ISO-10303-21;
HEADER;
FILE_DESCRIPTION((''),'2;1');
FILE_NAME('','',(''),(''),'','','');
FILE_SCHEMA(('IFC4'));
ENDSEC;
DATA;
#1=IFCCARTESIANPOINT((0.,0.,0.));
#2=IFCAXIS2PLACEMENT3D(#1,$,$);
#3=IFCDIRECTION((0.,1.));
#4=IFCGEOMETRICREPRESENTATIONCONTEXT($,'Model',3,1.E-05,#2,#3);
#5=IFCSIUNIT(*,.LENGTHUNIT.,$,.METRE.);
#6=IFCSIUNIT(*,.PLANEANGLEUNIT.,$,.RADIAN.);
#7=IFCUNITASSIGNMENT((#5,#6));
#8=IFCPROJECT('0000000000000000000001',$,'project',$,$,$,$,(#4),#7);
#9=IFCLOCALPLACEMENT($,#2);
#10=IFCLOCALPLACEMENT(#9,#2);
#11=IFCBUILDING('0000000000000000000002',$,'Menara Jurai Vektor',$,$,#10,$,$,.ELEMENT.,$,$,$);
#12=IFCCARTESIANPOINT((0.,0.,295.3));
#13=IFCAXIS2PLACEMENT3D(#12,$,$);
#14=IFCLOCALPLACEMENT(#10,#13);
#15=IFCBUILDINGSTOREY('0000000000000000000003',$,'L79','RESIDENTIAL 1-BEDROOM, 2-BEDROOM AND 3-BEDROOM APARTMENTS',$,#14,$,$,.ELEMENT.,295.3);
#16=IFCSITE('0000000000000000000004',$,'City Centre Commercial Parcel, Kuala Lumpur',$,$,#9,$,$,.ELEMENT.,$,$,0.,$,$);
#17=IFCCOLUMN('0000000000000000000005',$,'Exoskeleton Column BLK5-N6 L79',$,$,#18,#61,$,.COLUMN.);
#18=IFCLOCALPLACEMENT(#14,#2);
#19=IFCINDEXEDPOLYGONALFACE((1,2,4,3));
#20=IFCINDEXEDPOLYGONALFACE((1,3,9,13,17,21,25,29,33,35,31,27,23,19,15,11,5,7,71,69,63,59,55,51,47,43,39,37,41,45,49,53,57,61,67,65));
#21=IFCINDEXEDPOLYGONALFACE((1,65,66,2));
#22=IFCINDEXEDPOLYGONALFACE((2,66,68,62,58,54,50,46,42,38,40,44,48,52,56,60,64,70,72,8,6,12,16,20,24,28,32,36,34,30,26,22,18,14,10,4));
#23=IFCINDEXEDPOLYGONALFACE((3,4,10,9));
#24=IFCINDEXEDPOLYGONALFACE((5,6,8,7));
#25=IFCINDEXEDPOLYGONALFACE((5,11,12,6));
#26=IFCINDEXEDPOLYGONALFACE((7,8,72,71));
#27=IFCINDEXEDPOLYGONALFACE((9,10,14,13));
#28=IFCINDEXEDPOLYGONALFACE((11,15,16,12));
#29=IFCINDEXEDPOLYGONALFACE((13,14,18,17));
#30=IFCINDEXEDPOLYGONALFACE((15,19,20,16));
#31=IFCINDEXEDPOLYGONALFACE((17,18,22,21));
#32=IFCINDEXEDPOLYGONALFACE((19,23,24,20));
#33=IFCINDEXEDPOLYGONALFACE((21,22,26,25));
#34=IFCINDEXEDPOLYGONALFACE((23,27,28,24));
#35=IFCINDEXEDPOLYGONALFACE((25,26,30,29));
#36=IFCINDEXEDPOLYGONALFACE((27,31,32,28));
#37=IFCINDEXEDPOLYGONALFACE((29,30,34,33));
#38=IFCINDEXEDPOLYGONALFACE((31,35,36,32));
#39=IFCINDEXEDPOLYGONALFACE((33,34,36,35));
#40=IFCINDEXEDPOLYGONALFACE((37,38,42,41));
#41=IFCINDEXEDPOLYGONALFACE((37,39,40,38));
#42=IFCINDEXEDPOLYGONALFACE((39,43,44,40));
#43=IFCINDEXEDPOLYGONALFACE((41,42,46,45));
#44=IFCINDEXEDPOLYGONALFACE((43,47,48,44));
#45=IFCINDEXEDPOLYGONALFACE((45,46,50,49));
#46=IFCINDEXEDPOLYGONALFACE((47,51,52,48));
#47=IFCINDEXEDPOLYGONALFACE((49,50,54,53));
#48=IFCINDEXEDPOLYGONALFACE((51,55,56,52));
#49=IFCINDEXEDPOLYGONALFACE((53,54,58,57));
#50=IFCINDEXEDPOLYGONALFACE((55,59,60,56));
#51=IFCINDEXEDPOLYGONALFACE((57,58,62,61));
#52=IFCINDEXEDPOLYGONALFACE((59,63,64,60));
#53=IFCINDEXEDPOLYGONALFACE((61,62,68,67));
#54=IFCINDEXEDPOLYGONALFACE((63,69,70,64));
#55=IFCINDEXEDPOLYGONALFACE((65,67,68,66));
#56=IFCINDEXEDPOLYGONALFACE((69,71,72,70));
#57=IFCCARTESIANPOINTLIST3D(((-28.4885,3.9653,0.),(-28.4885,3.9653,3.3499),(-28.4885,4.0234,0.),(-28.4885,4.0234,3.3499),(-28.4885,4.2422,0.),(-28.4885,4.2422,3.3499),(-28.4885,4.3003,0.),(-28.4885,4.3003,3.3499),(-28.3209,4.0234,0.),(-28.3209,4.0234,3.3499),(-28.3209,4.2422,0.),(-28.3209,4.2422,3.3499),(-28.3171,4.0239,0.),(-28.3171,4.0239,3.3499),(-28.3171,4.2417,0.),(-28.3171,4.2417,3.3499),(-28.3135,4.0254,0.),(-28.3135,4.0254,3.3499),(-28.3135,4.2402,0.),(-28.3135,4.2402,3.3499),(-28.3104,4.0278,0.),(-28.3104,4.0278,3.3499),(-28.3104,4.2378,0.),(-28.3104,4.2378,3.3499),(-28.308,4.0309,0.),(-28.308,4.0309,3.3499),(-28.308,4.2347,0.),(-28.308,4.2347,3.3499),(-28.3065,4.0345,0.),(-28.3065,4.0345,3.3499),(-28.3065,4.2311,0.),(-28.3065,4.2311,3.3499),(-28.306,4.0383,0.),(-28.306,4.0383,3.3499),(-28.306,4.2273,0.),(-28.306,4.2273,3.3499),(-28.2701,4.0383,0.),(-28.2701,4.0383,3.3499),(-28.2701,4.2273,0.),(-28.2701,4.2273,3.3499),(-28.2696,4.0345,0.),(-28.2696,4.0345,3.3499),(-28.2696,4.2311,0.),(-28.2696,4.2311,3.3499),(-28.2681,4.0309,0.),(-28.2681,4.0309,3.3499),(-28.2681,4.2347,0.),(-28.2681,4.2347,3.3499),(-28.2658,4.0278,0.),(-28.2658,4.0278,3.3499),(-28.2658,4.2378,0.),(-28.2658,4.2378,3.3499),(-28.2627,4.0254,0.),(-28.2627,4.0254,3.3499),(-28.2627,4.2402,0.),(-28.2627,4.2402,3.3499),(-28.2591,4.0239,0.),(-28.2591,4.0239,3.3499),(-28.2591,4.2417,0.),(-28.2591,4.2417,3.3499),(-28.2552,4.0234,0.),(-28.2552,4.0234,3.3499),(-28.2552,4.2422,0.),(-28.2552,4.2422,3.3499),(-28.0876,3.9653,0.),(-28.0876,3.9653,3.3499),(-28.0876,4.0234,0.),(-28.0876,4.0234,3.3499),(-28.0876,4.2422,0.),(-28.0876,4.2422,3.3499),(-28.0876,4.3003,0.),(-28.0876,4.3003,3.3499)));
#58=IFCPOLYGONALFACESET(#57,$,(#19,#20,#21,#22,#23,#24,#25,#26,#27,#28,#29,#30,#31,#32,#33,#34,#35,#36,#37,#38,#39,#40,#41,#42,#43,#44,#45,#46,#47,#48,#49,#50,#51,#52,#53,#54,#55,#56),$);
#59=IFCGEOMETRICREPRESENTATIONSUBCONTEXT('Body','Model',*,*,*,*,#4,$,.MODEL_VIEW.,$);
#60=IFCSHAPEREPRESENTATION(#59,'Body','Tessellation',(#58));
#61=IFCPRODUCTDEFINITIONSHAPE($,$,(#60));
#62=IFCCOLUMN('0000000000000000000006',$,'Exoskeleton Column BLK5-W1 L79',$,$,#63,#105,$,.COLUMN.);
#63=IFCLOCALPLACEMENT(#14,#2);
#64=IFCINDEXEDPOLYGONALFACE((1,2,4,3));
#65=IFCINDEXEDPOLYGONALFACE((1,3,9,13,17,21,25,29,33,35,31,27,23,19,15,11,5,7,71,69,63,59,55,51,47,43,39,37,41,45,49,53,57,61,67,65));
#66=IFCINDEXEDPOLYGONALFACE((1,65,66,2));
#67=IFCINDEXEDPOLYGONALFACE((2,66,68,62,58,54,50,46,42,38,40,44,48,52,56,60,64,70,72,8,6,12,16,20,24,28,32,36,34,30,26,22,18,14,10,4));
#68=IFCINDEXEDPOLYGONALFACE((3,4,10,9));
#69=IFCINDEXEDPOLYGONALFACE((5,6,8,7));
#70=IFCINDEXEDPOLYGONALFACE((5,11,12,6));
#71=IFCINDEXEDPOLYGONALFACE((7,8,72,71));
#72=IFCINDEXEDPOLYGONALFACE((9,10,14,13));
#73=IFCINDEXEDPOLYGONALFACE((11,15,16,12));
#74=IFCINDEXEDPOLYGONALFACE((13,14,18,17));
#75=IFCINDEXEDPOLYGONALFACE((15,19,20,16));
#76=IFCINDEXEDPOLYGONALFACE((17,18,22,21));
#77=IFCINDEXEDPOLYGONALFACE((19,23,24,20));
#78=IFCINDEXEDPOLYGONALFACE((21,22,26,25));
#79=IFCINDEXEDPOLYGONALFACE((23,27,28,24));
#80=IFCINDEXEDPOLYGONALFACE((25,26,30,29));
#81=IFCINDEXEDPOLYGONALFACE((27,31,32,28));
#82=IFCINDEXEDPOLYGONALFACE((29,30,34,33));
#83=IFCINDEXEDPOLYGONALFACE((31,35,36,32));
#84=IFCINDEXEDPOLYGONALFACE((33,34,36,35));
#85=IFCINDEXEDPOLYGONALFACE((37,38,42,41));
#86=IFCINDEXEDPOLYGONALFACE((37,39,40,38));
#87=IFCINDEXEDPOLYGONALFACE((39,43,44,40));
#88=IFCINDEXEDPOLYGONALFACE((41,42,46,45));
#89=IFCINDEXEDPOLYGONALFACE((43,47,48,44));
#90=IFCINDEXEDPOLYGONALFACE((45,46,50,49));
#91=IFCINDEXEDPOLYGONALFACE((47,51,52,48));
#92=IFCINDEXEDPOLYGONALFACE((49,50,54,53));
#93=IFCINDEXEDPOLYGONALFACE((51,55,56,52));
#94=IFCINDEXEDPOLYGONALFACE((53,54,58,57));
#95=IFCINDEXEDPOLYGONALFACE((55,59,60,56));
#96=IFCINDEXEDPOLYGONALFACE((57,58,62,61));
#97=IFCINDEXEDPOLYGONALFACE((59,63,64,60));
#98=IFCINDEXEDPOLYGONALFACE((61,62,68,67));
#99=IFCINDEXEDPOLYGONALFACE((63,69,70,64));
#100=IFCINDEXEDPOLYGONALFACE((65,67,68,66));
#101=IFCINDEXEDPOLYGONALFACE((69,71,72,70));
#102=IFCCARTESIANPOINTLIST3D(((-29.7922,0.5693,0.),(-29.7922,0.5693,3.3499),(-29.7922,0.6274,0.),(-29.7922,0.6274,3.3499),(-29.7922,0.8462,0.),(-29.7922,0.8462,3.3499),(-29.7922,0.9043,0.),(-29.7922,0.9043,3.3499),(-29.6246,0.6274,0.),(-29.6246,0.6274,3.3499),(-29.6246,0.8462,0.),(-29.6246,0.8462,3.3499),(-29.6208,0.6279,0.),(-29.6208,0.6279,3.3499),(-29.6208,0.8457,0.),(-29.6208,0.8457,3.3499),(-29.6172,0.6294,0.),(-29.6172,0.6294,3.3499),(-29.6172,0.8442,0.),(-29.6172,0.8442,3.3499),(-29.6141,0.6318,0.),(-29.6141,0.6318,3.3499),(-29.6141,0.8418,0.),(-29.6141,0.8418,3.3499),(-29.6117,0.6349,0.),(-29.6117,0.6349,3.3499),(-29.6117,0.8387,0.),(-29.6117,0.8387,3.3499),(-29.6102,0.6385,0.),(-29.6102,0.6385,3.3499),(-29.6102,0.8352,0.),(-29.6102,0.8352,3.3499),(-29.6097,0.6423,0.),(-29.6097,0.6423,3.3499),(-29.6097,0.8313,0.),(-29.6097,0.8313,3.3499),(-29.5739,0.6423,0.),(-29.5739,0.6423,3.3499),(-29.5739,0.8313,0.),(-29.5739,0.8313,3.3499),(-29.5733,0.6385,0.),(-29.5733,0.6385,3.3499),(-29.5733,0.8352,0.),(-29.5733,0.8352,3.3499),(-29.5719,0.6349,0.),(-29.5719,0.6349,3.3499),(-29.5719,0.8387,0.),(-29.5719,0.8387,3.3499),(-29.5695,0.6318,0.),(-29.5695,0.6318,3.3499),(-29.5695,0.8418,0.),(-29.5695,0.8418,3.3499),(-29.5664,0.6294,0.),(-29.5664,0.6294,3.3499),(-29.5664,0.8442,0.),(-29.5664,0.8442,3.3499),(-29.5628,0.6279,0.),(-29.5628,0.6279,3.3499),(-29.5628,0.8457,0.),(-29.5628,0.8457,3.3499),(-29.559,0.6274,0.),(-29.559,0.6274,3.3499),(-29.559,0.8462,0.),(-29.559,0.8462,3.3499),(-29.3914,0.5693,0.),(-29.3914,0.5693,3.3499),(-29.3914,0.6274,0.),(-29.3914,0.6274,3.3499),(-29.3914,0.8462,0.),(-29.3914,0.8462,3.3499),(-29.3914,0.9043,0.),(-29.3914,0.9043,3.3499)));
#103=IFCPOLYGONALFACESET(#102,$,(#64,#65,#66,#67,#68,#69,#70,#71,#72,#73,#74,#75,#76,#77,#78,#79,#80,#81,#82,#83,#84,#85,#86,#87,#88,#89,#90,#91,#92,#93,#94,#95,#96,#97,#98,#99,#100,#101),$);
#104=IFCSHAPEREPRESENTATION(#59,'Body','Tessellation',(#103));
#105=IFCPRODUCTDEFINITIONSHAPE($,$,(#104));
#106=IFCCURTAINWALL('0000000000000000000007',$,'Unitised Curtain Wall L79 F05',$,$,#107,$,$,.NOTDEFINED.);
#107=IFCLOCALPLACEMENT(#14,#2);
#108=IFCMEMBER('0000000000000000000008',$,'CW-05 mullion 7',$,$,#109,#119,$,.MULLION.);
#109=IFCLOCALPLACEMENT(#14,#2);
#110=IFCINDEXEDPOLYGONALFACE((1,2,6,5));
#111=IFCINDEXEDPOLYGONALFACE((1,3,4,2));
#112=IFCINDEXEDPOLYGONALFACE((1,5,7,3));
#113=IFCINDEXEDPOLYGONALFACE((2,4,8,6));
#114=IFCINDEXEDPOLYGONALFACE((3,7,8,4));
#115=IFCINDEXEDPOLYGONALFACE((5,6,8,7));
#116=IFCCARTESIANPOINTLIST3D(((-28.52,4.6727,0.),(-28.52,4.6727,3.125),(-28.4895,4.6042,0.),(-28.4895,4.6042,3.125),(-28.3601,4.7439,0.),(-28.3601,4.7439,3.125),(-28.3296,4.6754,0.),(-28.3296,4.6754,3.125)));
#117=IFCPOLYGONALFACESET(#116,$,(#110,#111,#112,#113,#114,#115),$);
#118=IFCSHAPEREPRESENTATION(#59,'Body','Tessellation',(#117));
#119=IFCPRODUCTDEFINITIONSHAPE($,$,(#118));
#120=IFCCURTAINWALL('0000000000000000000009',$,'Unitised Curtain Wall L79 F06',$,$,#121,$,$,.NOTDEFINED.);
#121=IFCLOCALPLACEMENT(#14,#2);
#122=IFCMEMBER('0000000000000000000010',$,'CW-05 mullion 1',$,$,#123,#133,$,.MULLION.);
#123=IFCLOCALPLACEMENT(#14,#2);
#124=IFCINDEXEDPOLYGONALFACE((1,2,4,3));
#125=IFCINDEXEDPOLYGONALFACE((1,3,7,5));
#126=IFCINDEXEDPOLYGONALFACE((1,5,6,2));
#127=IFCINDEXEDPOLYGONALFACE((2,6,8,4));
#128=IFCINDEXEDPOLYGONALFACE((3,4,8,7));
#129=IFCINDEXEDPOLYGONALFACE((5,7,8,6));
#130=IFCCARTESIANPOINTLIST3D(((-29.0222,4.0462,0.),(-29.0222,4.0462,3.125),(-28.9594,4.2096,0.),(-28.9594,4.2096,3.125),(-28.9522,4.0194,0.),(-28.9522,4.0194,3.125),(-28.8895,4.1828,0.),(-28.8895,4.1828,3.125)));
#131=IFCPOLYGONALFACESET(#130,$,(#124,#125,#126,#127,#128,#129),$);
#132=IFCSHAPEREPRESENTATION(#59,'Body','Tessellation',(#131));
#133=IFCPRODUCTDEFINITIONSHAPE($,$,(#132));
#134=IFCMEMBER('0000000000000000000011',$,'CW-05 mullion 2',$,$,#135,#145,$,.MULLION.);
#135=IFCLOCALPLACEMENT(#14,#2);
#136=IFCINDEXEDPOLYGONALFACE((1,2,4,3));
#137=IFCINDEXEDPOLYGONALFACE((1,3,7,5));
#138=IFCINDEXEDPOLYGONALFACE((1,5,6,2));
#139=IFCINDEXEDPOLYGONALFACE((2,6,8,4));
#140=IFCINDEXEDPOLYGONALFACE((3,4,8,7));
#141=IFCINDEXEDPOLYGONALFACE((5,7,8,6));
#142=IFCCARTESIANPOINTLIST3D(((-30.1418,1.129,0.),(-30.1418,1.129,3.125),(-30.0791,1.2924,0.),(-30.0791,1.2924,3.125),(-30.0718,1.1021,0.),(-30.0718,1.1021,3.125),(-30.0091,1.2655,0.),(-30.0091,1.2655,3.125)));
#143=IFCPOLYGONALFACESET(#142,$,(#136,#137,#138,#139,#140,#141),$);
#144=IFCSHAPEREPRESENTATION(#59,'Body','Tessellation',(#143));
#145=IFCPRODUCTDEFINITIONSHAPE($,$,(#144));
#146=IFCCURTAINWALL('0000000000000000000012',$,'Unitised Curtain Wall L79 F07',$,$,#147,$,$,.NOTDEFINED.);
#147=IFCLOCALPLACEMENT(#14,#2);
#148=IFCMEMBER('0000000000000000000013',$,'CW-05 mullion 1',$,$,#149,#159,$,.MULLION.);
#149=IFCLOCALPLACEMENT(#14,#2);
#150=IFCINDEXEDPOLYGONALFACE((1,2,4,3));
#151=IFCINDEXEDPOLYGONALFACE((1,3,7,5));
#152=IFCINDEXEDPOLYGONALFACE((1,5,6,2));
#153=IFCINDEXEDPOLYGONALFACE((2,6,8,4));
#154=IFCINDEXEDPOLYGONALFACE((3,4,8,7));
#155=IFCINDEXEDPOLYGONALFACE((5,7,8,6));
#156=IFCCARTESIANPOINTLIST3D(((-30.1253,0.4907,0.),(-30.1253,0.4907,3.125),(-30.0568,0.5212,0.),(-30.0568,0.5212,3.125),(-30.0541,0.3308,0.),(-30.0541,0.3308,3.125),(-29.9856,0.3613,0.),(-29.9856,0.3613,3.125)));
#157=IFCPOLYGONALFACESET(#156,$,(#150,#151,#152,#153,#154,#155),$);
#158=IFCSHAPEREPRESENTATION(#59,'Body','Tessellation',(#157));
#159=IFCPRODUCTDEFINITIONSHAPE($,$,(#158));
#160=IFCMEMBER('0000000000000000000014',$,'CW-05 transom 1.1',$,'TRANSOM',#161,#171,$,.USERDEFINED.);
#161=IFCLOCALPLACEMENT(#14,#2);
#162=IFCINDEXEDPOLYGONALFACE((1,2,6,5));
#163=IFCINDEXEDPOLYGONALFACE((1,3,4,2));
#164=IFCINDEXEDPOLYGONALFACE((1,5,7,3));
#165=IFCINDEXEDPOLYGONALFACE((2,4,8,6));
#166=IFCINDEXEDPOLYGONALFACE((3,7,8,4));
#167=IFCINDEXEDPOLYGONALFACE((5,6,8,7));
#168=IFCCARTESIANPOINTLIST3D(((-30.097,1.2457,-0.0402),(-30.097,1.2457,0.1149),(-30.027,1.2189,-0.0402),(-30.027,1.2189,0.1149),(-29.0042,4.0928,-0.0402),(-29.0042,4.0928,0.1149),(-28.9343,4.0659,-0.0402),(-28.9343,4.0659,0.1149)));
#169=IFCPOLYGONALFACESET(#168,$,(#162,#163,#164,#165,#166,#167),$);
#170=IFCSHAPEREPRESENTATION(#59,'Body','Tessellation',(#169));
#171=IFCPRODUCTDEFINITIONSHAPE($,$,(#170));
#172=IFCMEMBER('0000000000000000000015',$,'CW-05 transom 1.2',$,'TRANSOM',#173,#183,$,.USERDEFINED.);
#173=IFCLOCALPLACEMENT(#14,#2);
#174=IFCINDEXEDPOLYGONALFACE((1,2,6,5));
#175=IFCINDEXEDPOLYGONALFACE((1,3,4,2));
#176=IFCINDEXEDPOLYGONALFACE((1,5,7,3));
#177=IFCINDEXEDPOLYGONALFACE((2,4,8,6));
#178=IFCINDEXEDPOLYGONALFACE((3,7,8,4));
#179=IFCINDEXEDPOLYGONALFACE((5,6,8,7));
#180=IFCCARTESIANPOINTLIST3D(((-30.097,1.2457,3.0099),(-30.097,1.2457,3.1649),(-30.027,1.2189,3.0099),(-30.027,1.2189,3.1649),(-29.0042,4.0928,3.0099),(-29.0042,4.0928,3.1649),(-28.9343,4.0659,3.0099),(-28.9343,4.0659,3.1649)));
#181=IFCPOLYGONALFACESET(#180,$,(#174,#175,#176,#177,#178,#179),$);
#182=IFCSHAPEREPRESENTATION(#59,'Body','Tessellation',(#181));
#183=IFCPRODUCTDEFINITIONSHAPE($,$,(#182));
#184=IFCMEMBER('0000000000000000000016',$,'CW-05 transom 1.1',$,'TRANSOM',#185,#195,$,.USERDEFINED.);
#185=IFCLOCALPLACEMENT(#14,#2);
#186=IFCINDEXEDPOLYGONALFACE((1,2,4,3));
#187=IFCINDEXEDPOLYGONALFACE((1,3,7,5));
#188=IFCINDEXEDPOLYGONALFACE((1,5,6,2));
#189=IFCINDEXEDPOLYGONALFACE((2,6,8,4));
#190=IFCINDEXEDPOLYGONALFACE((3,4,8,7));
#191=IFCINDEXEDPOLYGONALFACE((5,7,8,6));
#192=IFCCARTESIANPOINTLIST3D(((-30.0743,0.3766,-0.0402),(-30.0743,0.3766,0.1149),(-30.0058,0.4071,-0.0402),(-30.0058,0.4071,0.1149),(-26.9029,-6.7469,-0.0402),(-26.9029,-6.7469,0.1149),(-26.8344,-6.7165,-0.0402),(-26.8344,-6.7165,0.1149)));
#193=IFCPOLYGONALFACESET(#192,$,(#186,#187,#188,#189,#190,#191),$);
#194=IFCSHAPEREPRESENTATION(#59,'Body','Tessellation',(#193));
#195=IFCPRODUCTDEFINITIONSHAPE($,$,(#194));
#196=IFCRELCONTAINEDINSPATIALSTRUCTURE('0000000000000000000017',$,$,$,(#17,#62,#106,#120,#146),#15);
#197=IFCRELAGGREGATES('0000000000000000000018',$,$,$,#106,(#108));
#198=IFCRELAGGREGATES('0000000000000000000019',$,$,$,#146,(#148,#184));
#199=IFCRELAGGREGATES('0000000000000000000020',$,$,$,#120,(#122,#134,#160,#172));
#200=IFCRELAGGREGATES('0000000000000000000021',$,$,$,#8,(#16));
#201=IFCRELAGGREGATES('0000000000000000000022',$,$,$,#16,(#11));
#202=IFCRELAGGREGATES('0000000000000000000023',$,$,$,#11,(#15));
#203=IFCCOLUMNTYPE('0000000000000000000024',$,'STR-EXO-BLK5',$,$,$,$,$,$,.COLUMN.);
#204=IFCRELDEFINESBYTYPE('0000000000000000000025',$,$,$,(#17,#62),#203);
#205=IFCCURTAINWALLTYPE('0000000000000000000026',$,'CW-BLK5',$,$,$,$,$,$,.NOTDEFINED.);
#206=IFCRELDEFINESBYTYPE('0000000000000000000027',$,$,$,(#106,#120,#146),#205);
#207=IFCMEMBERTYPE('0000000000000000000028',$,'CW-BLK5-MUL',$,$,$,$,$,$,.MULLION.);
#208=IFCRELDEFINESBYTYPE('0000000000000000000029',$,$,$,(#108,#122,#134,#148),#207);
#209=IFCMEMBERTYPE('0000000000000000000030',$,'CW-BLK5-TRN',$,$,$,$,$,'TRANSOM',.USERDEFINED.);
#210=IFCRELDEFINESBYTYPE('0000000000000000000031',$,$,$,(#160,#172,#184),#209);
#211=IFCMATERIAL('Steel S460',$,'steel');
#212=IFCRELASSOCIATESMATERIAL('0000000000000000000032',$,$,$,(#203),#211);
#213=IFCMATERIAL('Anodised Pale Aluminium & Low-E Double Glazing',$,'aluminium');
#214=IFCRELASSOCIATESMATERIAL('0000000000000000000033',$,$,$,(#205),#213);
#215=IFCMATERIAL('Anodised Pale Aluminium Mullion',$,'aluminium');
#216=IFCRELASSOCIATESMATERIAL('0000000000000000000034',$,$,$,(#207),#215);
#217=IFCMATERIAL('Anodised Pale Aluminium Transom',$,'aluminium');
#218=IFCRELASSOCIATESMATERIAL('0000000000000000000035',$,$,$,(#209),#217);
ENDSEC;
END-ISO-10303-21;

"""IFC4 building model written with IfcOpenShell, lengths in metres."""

from ifc_helpers import new_model, si_unit, direction, frame, origin, origin_2d, place, context, subcontext, project, spatial, rectangle, i_section, extrude, material, material_profile, profile_set, type_object, element, aggregate, save


model = new_model("IFC4")

# Units and contexts
model_context = context("Model", 3, precision=1e-05, world=origin(), true_north=direction((0.0, 1.0)))
body_context = subcontext(model_context, "Body", "Model", "MODEL_VIEW")
ifc_project = project(units=[si_unit("LENGTHUNIT", "METRE"), si_unit("PLANEANGLEUNIT", "RADIAN")], contexts=[model_context])

# Site, building, storey
site_placement = place(None, origin())
site = spatial("IfcSite", under=ifc_project, at=site_placement, Name="City Centre Commercial Parcel, Kuala Lumpur", CompositionType="ELEMENT", RefElevation=0.0)
building_placement = place(site_placement, origin())
building = spatial("IfcBuilding", under=site, at=building_placement, Name="Menara Jurai Vektor", CompositionType="ELEMENT")
storey_placement = place(building_placement, frame((0.0, 0.0, 295.3)))
storey = spatial("IfcBuildingStorey", under=building, at=storey_placement, Name="L79", Description="RESIDENTIAL 1-BEDROOM, 2-BEDROOM AND 3-BEDROOM APARTMENTS", CompositionType="ELEMENT", Elevation=295.3)

# Columns
ifc_material_1 = material(Name="Steel S460", Category="steel")
ifc_material_profile_1 = material_profile(ifc_material_1, i_section(OverallWidth=0.4009, OverallDepth=0.335, WebThickness=0.0359, FlangeThickness=0.0581, FilletRadius=0.0149, at=origin_2d()), Name="HD 400x463")
ifc_profile_set_1 = profile_set([ifc_material_profile_1], Name="Steel S460")
column_type = type_object("IfcColumnType", Name="STR-EXO-BLK5", PredefinedType="COLUMN", material=ifc_profile_set_1)
for number, where, z_axis, x_axis, name in (
    (1, (-28.2881, 4.1328, 0.0), (0.0, 0.0, 1.0), (1.0, 0.0, 0.0), "Exoskeleton Column BLK5-N6 L79"),
    (2, (-29.5918, 0.7368, 0.0), (0.0, 0.0, 1.0), (1.0, 0.0, 0.0), "Exoskeleton Column BLK5-W1 L79"),
):
    element("IfcColumn", number, at=place(storey_placement, frame(where, z_axis=z_axis, x_axis=x_axis)), inside=storey, type_object=column_type, Name=name, PredefinedType="COLUMN", context=body_context, shape_type="SweptSolid", body=[
        extrude(i_section(OverallWidth=0.4009, OverallDepth=0.335, WebThickness=0.0359, FlangeThickness=0.0581, FilletRadius=0.0149, at=origin_2d()), origin(), (0.0, 0.0, 1.0), 3.3499),
    ])

# Curtain wall, member
ifc_material_2 = material(Name="Anodised Pale Aluminium & Low-E Double Glazing", Category="aluminium")
curtain_wall_type = type_object("IfcCurtainWallType", Name="CW-BLK5", PredefinedType="NOTDEFINED", material=ifc_material_2)
curtain_wall_1_placement = place(storey_placement, origin())
curtain_wall_1 = element("IfcCurtainWall", 3, at=curtain_wall_1_placement, inside=storey, type_object=curtain_wall_type, Name="Unitised Curtain Wall L79 F05", PredefinedType="NOTDEFINED")
ifc_material_3 = material(Name="Anodised Pale Aluminium Mullion", Category="aluminium")
ifc_material_profile_2 = material_profile(ifc_material_3, rectangle(XDim=0.075, YDim=0.175, at=origin_2d()), Name="ALU MUL 75x175")
ifc_profile_set_2 = profile_set([ifc_material_profile_2], Name="Anodised Pale Aluminium Mullion")
member_type_1 = type_object("IfcMemberType", Name="CW-BLK5-MUL", PredefinedType="MULLION", material=ifc_profile_set_2)
member_1_placement = place(storey_placement, frame((-28.4248, 4.6741, 0.0), z_axis=(0.0, 0.0, 1.0), x_axis=(0.406735, -0.913546, 0.0)))
member_1 = element("IfcMember", 4, at=member_1_placement, type_object=member_type_1, Name="CW-05 mullion 7", PredefinedType="MULLION", context=body_context, shape_type="SweptSolid", body=[
    extrude(rectangle(XDim=0.075, YDim=0.175, at=origin_2d()), origin(), (0.0, 0.0, 1.0), 3.125),
])

# Curtain wall, members
curtain_wall_2_placement = place(storey_placement, origin())
curtain_wall_2 = element("IfcCurtainWall", 5, at=curtain_wall_2_placement, inside=storey, type_object=curtain_wall_type, Name="Unitised Curtain Wall L79 F06", PredefinedType="NOTDEFINED")
member_2_placement = place(storey_placement, frame((-28.9558, 4.1145, 0.0), z_axis=(0.0, 0.0, 1.0), x_axis=(0.933578, -0.358374, 0.0)))
member_2 = element("IfcMember", 6, at=member_2_placement, type_object=member_type_1, Name="CW-05 mullion 1", PredefinedType="MULLION", context=body_context, shape_type="SweptSolid", body=[
    extrude(rectangle(XDim=0.075, YDim=0.175, at=origin_2d()), origin(), (0.0, 0.0, 1.0), 3.125),
])
member_3_placement = place(storey_placement, frame((-30.0754, 1.1973, 0.0), z_axis=(0.0, 0.0, 1.0), x_axis=(0.933578, -0.358374, 0.0)))
member_3 = element("IfcMember", 7, at=member_3_placement, type_object=member_type_1, Name="CW-05 mullion 2", PredefinedType="MULLION", context=body_context, shape_type="SweptSolid", body=[
    extrude(rectangle(XDim=0.075, YDim=0.175, at=origin_2d()), origin(), (0.0, 0.0, 1.0), 3.125),
])

# Curtain wall, member
curtain_wall_3_placement = place(storey_placement, origin())
curtain_wall_3 = element("IfcCurtainWall", 8, at=curtain_wall_3_placement, inside=storey, type_object=curtain_wall_type, Name="Unitised Curtain Wall L79 F07", PredefinedType="NOTDEFINED")
member_4_placement = place(storey_placement, frame((-30.0554, 0.426, 0.0), z_axis=(0.0, 0.0, 1.0), x_axis=(0.913546, 0.406735, 0.0)))
member_4 = element("IfcMember", 9, at=member_4_placement, type_object=member_type_1, Name="CW-05 mullion 1", PredefinedType="MULLION", context=body_context, shape_type="SweptSolid", body=[
    extrude(rectangle(XDim=0.075, YDim=0.175, at=origin_2d()), origin(), (0.0, 0.0, 1.0), 3.125),
])

# Members
ifc_material_4 = material(Name="Anodised Pale Aluminium Transom", Category="aluminium")
ifc_material_profile_3 = material_profile(ifc_material_4, rectangle(XDim=0.075, YDim=0.155, at=origin_2d()), Name="ALU TRN 75x155")
ifc_profile_set_3 = profile_set([ifc_material_profile_3], Name="Anodised Pale Aluminium Transom")
member_type_2 = type_object("IfcMemberType", Name="CW-BLK5-TRN", ElementType="TRANSOM", PredefinedType="USERDEFINED", material=ifc_profile_set_3)
member_5_placement = place(storey_placement, frame((-28.9692, 4.0793, 0.0374), z_axis=(-0.358325, -0.933597, 0.0), x_axis=(0.933597, -0.358325, 0.0)))
member_5 = element("IfcMember", 10, at=member_5_placement, type_object=member_type_2, Name="CW-05 transom 1.1", ObjectType="TRANSOM", PredefinedType="USERDEFINED", context=body_context, shape_type="SweptSolid", body=[
    extrude(rectangle(XDim=0.075, YDim=0.155, at=origin_2d()), origin(), (0.0, 0.0, 1.0), 3.0496),
])
member_6_placement = place(storey_placement, frame((-28.9692, 4.0793, 3.0874), z_axis=(-0.358325, -0.933597, 0.0), x_axis=(0.933597, -0.358325, 0.0)))
member_6 = element("IfcMember", 11, at=member_6_placement, type_object=member_type_2, Name="CW-05 transom 1.2", ObjectType="TRANSOM", PredefinedType="USERDEFINED", context=body_context, shape_type="SweptSolid", body=[
    extrude(rectangle(XDim=0.075, YDim=0.155, at=origin_2d()), origin(), (0.0, 0.0, 1.0), 3.0496),
])
member_7_placement = place(storey_placement, frame((-30.04, 0.3918, 0.0374), z_axis=(0.406714, -0.913556, 0.0), x_axis=(0.913556, 0.406714, 0.0)))
member_7 = element("IfcMember", 12, at=member_7_placement, type_object=member_type_2, Name="CW-05 transom 1.1", ObjectType="TRANSOM", PredefinedType="USERDEFINED", context=body_context, shape_type="SweptSolid", body=[
    extrude(rectangle(XDim=0.075, YDim=0.155, at=origin_2d()), origin(), (0.0, 0.0, 1.0), 7.7976),
])

aggregate(curtain_wall_1, [member_1])
aggregate(curtain_wall_3, [member_4, member_7])
aggregate(curtain_wall_2, [member_2, member_3, member_5, member_6])

save(model, "model.ifc")
